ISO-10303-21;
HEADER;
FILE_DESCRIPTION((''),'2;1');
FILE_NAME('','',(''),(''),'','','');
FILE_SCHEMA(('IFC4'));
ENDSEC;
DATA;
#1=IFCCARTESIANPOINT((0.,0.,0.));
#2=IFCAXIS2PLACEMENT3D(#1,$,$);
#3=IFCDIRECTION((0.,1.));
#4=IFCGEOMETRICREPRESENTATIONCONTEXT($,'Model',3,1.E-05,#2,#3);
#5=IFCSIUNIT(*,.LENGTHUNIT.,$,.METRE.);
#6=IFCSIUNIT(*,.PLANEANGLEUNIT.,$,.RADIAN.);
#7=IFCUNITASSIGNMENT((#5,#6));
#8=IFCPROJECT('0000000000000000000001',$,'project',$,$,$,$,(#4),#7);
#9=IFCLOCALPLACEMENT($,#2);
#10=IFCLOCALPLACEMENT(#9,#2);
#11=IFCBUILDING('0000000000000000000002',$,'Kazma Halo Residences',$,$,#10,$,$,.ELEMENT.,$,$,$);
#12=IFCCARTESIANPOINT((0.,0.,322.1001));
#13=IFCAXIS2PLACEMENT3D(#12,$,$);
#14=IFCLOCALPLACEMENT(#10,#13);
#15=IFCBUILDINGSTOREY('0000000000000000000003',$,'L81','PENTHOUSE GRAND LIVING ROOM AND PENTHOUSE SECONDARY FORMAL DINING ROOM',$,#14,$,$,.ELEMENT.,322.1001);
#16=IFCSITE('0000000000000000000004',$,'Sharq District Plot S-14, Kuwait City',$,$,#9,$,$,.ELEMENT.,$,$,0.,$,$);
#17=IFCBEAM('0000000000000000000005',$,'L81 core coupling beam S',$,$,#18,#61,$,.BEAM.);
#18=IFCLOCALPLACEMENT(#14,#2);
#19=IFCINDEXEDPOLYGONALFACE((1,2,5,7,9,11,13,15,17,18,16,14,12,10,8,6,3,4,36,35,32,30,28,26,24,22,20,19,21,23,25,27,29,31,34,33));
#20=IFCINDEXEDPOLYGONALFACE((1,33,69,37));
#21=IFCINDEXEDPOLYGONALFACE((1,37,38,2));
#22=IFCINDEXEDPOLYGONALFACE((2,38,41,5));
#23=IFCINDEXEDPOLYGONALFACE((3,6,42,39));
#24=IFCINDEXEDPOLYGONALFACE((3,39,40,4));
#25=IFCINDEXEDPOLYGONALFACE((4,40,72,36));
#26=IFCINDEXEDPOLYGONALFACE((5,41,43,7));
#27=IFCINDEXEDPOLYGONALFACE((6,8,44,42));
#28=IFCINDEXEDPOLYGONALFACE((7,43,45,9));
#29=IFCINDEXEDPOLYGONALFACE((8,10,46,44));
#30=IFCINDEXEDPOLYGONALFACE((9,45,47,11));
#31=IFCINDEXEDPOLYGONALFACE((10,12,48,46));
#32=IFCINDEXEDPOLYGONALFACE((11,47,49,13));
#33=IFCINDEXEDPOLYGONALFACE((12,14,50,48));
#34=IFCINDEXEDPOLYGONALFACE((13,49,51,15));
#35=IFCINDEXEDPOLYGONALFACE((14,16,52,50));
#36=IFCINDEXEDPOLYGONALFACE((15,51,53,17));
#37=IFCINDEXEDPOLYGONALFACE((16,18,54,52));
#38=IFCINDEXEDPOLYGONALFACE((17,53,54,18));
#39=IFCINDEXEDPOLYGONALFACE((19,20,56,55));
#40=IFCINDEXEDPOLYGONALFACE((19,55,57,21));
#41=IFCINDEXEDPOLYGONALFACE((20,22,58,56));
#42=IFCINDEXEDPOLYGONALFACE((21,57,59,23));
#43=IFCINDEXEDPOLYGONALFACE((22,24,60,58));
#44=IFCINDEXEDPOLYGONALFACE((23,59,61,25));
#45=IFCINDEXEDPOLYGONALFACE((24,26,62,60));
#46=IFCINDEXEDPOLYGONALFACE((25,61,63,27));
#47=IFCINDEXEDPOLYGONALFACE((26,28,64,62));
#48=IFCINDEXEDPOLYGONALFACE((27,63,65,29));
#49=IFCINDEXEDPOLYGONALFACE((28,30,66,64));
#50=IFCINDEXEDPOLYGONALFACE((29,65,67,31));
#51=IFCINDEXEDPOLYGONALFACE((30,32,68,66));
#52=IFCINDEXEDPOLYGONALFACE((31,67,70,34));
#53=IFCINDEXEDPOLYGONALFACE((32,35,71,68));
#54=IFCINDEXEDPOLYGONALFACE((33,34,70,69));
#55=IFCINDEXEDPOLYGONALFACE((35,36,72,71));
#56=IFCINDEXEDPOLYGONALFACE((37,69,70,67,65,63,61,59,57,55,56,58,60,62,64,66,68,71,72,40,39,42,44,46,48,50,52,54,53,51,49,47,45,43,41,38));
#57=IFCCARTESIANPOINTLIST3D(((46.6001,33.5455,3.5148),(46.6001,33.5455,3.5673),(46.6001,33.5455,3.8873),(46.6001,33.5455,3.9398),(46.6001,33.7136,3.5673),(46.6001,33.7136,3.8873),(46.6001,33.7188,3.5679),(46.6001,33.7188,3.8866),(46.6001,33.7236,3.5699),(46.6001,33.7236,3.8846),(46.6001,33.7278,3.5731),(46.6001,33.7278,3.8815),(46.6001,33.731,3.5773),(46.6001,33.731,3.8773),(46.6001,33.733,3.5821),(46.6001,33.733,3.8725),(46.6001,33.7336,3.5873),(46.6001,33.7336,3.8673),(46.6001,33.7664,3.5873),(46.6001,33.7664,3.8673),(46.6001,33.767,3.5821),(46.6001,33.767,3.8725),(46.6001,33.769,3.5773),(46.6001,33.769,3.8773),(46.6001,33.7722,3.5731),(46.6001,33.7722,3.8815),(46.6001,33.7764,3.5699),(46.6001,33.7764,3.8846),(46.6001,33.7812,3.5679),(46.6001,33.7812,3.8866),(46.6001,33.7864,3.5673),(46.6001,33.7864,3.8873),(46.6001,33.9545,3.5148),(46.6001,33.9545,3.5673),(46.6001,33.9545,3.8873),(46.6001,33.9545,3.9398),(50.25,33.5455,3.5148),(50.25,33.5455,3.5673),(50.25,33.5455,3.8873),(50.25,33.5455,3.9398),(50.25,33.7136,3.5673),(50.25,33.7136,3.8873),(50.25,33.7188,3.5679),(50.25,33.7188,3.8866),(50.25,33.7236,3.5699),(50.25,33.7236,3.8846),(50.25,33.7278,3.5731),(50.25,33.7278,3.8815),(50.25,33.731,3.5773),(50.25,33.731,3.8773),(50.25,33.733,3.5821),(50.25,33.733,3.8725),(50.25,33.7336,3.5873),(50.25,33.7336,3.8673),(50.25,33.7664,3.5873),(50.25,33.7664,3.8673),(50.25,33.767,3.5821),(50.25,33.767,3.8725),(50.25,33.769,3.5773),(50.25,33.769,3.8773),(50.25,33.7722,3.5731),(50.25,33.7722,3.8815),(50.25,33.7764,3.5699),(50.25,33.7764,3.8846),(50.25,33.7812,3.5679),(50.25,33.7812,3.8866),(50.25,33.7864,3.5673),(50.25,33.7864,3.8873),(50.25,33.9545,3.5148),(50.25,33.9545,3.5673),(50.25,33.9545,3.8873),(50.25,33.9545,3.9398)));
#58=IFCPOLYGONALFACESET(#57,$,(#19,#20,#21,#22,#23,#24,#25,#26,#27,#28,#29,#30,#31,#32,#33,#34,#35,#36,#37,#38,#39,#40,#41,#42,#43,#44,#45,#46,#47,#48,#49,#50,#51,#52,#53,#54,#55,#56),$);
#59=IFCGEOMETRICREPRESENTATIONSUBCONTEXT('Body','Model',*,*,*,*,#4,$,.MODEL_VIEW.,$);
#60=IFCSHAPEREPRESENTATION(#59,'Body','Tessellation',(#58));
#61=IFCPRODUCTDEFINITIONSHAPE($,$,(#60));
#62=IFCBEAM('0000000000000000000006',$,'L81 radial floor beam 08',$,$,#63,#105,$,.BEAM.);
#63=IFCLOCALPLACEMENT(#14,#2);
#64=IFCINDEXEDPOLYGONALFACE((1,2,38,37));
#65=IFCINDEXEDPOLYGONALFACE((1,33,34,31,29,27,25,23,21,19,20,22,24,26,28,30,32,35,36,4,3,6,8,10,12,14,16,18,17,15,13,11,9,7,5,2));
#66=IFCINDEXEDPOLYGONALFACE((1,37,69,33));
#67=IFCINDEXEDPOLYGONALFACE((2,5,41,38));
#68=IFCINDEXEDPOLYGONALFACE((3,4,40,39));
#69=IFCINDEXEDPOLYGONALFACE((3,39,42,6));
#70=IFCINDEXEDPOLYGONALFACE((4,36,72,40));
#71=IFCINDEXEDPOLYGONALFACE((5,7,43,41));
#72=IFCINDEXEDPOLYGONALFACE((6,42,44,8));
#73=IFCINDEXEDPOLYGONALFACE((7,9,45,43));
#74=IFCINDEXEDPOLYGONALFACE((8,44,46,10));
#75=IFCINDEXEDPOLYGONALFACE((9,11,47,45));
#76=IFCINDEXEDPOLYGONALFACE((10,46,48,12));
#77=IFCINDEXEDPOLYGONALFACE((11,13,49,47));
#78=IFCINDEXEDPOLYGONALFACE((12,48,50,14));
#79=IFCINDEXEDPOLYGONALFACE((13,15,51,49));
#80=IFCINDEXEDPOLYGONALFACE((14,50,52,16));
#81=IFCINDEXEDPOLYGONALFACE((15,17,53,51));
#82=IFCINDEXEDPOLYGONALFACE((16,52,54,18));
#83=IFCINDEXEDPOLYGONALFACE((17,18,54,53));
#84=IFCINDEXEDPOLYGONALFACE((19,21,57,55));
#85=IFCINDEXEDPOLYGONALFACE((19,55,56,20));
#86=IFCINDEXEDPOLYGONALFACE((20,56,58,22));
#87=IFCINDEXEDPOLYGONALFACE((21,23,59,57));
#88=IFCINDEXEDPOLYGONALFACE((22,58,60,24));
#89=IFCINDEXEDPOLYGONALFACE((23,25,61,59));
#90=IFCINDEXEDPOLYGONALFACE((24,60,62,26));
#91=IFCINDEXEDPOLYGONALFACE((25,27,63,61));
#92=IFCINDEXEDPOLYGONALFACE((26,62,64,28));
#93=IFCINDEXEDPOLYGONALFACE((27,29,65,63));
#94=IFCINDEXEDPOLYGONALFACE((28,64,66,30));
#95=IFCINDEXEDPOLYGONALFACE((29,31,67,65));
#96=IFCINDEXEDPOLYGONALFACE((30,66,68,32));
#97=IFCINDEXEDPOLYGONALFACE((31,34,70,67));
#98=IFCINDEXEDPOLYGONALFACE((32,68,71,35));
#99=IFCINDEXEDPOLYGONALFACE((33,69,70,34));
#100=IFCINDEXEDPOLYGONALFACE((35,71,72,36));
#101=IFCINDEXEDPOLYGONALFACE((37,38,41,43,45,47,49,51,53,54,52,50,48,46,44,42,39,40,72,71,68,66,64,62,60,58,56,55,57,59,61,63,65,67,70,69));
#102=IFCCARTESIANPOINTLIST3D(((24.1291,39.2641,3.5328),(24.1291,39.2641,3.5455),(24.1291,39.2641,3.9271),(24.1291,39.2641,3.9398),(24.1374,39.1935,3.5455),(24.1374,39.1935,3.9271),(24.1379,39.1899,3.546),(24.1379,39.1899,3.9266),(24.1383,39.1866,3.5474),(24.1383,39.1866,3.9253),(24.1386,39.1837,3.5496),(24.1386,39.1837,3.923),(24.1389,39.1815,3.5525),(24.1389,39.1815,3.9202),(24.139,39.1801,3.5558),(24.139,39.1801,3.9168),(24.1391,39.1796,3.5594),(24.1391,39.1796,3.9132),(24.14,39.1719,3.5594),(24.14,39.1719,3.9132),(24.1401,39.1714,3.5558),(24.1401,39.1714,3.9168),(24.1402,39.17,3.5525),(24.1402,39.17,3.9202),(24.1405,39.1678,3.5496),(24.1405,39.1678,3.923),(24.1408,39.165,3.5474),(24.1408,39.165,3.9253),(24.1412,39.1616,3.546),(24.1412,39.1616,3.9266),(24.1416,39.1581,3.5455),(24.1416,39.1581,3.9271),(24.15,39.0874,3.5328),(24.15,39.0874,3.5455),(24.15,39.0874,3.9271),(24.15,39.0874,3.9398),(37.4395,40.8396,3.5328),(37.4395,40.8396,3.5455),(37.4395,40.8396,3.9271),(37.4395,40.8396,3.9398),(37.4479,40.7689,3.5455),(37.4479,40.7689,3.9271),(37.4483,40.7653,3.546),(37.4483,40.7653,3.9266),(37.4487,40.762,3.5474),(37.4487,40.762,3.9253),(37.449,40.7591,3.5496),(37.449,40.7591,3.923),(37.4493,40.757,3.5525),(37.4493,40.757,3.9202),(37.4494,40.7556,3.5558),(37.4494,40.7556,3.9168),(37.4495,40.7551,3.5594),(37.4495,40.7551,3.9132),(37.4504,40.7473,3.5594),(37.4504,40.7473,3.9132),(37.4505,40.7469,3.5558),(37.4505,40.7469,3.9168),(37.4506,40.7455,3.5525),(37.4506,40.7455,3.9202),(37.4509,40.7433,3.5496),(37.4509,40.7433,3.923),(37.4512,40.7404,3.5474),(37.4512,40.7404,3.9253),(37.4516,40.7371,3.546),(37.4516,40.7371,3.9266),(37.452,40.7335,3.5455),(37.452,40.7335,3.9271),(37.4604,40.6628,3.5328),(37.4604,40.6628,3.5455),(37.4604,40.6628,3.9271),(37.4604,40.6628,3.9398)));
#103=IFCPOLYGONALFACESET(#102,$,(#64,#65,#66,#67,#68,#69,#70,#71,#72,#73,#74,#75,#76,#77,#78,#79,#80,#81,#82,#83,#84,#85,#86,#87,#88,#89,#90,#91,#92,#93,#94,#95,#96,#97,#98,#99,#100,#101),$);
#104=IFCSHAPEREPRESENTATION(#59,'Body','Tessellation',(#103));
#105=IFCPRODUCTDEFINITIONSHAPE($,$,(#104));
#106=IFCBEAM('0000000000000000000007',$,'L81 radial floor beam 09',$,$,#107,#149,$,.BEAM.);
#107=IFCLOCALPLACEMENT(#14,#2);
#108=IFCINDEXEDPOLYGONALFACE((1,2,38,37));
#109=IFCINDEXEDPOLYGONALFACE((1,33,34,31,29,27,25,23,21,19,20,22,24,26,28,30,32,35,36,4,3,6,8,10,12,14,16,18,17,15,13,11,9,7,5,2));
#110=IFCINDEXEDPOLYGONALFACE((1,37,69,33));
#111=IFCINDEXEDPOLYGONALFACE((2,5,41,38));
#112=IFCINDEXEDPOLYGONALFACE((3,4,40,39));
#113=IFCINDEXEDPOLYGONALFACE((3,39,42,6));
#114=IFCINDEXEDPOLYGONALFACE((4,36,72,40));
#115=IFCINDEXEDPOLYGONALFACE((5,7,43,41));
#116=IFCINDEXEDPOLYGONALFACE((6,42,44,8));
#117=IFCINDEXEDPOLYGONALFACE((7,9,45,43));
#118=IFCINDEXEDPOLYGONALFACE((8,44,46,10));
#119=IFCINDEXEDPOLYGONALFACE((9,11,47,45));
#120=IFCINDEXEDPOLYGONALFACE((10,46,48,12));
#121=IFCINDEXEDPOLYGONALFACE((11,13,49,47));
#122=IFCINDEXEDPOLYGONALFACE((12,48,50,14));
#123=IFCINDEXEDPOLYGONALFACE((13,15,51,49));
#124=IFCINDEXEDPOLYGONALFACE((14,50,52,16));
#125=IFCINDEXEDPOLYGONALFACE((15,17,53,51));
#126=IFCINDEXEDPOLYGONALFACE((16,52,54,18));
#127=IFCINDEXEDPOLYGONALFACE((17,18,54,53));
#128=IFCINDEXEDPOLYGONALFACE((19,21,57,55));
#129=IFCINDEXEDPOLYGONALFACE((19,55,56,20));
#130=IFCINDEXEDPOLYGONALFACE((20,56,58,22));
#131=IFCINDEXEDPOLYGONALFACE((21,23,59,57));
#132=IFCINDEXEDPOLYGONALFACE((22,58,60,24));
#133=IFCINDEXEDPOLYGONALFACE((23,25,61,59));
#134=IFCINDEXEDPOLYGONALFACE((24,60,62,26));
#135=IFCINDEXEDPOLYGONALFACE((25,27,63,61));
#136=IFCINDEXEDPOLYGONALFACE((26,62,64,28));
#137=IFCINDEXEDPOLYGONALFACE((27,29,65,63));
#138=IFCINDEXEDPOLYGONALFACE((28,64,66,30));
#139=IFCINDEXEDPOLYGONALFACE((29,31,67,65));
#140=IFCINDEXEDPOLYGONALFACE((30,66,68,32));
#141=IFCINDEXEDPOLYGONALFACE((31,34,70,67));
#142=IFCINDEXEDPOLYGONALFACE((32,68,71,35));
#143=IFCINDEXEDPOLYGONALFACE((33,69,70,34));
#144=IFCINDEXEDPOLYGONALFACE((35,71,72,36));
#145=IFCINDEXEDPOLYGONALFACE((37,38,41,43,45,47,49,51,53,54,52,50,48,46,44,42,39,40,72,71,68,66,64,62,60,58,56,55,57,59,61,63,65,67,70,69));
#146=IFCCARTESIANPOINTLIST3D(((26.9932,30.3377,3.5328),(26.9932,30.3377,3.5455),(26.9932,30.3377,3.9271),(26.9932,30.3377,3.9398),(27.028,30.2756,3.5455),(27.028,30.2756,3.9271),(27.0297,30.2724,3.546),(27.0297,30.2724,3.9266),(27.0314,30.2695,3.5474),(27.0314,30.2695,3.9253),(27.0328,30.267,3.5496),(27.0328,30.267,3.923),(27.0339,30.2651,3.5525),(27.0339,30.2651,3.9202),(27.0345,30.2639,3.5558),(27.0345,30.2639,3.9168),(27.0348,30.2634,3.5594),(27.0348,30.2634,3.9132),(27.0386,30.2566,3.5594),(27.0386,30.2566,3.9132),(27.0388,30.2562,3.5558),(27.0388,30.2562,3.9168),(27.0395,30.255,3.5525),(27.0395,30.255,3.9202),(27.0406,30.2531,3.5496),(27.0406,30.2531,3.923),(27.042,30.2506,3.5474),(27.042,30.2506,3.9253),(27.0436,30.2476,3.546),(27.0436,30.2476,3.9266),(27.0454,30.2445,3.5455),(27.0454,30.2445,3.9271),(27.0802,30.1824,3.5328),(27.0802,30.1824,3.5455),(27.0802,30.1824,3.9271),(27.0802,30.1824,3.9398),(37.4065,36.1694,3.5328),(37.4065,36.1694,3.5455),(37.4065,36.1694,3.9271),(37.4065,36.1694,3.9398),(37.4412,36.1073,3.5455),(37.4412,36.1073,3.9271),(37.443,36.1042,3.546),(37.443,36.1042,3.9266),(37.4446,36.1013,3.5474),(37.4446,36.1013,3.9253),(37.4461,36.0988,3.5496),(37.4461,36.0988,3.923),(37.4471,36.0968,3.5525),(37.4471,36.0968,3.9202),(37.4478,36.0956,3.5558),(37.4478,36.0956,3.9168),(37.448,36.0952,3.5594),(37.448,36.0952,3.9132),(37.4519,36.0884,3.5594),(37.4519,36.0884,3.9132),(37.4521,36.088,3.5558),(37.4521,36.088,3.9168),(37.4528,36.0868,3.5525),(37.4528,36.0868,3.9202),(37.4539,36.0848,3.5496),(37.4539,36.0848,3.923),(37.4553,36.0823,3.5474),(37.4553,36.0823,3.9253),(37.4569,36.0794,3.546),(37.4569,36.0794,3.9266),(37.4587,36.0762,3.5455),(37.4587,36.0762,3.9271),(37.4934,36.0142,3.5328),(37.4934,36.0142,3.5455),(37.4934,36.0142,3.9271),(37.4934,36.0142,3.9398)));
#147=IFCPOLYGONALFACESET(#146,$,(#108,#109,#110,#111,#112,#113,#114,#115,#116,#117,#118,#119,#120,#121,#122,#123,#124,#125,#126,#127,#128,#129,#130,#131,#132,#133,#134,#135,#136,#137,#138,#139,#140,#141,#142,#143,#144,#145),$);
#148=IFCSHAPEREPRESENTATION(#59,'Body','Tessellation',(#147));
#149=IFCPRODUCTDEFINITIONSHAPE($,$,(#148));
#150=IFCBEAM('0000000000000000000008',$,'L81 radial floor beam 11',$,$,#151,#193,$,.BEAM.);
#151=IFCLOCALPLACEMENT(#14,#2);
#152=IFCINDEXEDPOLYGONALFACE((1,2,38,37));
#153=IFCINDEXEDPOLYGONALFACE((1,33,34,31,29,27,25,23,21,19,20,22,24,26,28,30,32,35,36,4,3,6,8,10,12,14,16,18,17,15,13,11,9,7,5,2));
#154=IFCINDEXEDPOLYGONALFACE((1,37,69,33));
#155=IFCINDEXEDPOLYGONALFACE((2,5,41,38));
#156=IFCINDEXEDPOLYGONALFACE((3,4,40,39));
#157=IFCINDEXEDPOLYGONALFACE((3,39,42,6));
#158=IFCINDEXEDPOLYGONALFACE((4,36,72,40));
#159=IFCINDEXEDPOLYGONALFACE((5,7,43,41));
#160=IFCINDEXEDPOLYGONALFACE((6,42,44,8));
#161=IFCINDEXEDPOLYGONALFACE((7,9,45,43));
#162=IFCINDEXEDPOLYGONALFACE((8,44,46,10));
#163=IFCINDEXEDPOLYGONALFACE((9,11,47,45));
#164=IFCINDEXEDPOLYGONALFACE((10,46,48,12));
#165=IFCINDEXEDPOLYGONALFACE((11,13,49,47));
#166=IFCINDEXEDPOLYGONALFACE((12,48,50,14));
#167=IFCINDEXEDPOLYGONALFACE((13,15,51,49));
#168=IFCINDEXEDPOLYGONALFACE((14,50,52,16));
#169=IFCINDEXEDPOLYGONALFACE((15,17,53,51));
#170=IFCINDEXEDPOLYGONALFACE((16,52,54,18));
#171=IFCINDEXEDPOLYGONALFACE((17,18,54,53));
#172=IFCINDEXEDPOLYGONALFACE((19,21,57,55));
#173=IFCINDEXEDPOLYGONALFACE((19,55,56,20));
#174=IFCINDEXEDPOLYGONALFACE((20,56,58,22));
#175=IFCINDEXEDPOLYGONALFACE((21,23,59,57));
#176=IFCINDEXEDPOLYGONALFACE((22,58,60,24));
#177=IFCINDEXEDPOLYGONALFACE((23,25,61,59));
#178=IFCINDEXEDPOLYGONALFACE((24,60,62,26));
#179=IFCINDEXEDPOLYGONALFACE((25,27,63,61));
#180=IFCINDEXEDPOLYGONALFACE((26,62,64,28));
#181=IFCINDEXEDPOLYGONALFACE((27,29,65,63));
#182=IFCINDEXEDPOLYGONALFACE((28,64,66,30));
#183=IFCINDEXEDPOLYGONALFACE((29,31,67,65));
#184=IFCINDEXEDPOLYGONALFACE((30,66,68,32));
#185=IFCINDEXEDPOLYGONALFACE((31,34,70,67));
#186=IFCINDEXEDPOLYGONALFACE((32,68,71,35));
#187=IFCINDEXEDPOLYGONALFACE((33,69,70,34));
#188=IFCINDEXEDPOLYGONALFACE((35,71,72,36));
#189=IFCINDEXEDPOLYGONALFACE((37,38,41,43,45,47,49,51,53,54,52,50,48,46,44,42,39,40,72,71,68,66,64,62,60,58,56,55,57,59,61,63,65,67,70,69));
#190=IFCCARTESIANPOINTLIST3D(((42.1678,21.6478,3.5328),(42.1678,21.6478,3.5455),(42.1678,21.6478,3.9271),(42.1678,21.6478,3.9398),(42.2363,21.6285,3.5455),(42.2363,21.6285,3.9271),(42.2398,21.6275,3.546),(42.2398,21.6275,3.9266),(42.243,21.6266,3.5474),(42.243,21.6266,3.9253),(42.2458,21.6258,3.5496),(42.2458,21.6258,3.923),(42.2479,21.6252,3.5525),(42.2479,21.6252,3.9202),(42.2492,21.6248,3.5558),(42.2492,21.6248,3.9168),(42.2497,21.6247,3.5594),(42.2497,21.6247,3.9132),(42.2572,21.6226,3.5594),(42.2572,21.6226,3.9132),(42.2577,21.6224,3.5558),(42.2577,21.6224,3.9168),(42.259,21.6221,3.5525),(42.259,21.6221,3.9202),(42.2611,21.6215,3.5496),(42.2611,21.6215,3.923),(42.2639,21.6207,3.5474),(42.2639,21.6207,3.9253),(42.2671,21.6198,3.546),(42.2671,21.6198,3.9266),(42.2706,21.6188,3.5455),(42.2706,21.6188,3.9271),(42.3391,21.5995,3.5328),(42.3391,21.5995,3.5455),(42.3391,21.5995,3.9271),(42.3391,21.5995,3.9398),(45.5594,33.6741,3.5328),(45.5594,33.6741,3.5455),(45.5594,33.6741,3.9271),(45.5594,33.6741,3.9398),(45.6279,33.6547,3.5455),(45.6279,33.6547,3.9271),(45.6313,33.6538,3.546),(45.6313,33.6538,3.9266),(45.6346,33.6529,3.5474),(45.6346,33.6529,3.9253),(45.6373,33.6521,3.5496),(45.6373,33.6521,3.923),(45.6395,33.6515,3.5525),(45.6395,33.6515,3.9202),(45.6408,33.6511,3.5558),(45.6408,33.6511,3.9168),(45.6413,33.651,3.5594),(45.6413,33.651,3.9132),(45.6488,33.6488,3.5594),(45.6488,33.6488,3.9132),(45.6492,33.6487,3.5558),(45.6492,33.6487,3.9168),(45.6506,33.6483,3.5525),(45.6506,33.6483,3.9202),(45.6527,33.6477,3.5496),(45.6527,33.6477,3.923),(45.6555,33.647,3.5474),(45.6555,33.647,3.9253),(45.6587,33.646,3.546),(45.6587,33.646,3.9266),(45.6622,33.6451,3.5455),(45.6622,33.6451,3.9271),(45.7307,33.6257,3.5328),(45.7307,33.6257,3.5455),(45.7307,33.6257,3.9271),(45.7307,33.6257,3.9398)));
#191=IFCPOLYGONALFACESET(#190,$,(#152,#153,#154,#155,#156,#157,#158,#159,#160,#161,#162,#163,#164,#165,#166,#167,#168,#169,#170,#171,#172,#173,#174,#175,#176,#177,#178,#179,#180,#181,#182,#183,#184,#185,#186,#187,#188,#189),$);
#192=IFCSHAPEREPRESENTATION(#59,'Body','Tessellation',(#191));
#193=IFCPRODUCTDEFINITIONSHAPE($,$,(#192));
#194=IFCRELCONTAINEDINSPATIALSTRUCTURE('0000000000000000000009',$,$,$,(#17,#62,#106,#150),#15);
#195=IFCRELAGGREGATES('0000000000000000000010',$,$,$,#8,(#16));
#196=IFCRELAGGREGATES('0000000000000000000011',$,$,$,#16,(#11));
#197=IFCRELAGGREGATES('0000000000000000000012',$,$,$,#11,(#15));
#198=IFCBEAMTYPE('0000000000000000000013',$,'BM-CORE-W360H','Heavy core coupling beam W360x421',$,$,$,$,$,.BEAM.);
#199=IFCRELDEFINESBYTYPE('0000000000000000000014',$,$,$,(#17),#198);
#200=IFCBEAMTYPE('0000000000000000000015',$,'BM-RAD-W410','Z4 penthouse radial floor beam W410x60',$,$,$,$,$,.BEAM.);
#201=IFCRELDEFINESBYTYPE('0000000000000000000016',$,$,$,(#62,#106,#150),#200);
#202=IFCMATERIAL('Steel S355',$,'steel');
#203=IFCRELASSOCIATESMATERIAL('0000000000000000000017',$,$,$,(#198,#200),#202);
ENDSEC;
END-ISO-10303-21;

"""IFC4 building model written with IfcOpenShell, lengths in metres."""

from ifc_helpers import new_model, si_unit, direction, frame, origin, origin_2d, place, context, subcontext, project, spatial, i_section, extrude, material, material_profile, profile_set, type_object, element, save


model = new_model("IFC4")

# Units and contexts
model_context = context("Model", 3, precision=1e-05, world=origin(), true_north=direction((0.0, 1.0)))
body_context = subcontext(model_context, "Body", "Model", "MODEL_VIEW")
ifc_project = project(units=[si_unit("LENGTHUNIT", "METRE"), si_unit("PLANEANGLEUNIT", "RADIAN")], contexts=[model_context])

# Site, building, storey
site_placement = place(None, origin())
site = spatial("IfcSite", under=ifc_project, at=site_placement, Name="Sharq District Plot S-14, Kuwait City", CompositionType="ELEMENT", RefElevation=0.0)
building_placement = place(site_placement, origin())
building = spatial("IfcBuilding", under=site, at=building_placement, Name="Kazma Halo Residences", CompositionType="ELEMENT")
storey_placement = place(building_placement, frame((0.0, 0.0, 322.1001)))
storey = spatial("IfcBuildingStorey", under=building, at=storey_placement, Name="L81", Description="PENTHOUSE GRAND LIVING ROOM AND PENTHOUSE SECONDARY FORMAL DINING ROOM", CompositionType="ELEMENT", Elevation=322.1001)

# Beams
ifc_material_1 = material(Name="Steel S355", Category="steel")
ifc_material_profile_1 = material_profile(ifc_material_1, i_section(OverallWidth=0.4089, OverallDepth=0.425, WebThickness=0.0327, FlangeThickness=0.0525, FilletRadius=0.02, at=origin_2d()), Name="W360x421")
ifc_profile_set_1 = profile_set([ifc_material_profile_1], Name="Steel S355")
beam_type_1 = type_object("IfcBeamType", Name="BM-CORE-W360H", Description="Heavy core coupling beam W360x421", PredefinedType="BEAM", material=ifc_profile_set_1)
beam_1_placement = place(storey_placement, frame((46.6001, 33.75, 3.7273), z_axis=(1.0, 0.0, 0.0), x_axis=(0.0, 1.0, 0.0)))
element("IfcBeam", 1, at=beam_1_placement, inside=storey, type_object=beam_type_1, Name="L81 core coupling beam S", PredefinedType="BEAM", context=body_context, shape_type="SweptSolid", body=[
    extrude(i_section(OverallWidth=0.4089, OverallDepth=0.425, WebThickness=0.0327, FlangeThickness=0.0525, FilletRadius=0.02, at=origin_2d()), origin(), (0.0, 0.0, 1.0), 3.6499),
])
ifc_material_profile_2 = material_profile(ifc_material_1, i_section(OverallWidth=0.178, OverallDepth=0.407, WebThickness=0.0078, FlangeThickness=0.0127, FilletRadius=0.0139, at=origin_2d()), Name="W410x60")
ifc_profile_set_2 = profile_set([ifc_material_profile_2], Name="Steel S355")
beam_type_2 = type_object("IfcBeamType", Name="BM-RAD-W410", Description="Z4 penthouse radial floor beam W410x60", PredefinedType="BEAM", material=ifc_profile_set_2)
beam_2_placement = place(storey_placement, frame((37.45, 40.7512, 3.7363), z_axis=(-0.993068, -0.117542, 0.0), x_axis=(0.117542, -0.993068, 0.0)))
element("IfcBeam", 2, at=beam_2_placement, inside=storey, type_object=beam_type_2, Name="L81 radial floor beam 08", PredefinedType="BEAM", context=body_context, shape_type="SweptSolid", body=[
    extrude(i_section(OverallWidth=0.178, OverallDepth=0.407, WebThickness=0.0078, FlangeThickness=0.0127, FilletRadius=0.0139, at=origin_2d()), origin(), (0.0, 0.0, 1.0), 13.4033),
])
beam_3_placement = place(storey_placement, frame((37.45, 36.0918, 3.7363), z_axis=(-0.872495, -0.488624, 0.0), x_axis=(0.488624, -0.872495, 0.0)))
element("IfcBeam", 3, at=beam_3_placement, inside=storey, type_object=beam_type_2, Name="L81 radial floor beam 09", PredefinedType="BEAM", context=body_context, shape_type="SweptSolid", body=[
    extrude(i_section(OverallWidth=0.178, OverallDepth=0.407, WebThickness=0.0078, FlangeThickness=0.0127, FilletRadius=0.0139, at=origin_2d()), origin(), (0.0, 0.0, 1.0), 11.9351),
])
beam_4_placement = place(storey_placement, frame((45.645, 33.6499, 3.7363), z_axis=(-0.271427, -0.962459, 0.0), x_axis=(0.962459, -0.271427, 0.0)))
element("IfcBeam", 4, at=beam_4_placement, inside=storey, type_object=beam_type_2, Name="L81 radial floor beam 11", PredefinedType="BEAM", context=body_context, shape_type="SweptSolid", body=[
    extrude(i_section(OverallWidth=0.178, OverallDepth=0.407, WebThickness=0.0078, FlangeThickness=0.0127, FilletRadius=0.0139, at=origin_2d()), origin(), (0.0, 0.0, 1.0), 12.4954),
])

save(model, "model.ifc")
